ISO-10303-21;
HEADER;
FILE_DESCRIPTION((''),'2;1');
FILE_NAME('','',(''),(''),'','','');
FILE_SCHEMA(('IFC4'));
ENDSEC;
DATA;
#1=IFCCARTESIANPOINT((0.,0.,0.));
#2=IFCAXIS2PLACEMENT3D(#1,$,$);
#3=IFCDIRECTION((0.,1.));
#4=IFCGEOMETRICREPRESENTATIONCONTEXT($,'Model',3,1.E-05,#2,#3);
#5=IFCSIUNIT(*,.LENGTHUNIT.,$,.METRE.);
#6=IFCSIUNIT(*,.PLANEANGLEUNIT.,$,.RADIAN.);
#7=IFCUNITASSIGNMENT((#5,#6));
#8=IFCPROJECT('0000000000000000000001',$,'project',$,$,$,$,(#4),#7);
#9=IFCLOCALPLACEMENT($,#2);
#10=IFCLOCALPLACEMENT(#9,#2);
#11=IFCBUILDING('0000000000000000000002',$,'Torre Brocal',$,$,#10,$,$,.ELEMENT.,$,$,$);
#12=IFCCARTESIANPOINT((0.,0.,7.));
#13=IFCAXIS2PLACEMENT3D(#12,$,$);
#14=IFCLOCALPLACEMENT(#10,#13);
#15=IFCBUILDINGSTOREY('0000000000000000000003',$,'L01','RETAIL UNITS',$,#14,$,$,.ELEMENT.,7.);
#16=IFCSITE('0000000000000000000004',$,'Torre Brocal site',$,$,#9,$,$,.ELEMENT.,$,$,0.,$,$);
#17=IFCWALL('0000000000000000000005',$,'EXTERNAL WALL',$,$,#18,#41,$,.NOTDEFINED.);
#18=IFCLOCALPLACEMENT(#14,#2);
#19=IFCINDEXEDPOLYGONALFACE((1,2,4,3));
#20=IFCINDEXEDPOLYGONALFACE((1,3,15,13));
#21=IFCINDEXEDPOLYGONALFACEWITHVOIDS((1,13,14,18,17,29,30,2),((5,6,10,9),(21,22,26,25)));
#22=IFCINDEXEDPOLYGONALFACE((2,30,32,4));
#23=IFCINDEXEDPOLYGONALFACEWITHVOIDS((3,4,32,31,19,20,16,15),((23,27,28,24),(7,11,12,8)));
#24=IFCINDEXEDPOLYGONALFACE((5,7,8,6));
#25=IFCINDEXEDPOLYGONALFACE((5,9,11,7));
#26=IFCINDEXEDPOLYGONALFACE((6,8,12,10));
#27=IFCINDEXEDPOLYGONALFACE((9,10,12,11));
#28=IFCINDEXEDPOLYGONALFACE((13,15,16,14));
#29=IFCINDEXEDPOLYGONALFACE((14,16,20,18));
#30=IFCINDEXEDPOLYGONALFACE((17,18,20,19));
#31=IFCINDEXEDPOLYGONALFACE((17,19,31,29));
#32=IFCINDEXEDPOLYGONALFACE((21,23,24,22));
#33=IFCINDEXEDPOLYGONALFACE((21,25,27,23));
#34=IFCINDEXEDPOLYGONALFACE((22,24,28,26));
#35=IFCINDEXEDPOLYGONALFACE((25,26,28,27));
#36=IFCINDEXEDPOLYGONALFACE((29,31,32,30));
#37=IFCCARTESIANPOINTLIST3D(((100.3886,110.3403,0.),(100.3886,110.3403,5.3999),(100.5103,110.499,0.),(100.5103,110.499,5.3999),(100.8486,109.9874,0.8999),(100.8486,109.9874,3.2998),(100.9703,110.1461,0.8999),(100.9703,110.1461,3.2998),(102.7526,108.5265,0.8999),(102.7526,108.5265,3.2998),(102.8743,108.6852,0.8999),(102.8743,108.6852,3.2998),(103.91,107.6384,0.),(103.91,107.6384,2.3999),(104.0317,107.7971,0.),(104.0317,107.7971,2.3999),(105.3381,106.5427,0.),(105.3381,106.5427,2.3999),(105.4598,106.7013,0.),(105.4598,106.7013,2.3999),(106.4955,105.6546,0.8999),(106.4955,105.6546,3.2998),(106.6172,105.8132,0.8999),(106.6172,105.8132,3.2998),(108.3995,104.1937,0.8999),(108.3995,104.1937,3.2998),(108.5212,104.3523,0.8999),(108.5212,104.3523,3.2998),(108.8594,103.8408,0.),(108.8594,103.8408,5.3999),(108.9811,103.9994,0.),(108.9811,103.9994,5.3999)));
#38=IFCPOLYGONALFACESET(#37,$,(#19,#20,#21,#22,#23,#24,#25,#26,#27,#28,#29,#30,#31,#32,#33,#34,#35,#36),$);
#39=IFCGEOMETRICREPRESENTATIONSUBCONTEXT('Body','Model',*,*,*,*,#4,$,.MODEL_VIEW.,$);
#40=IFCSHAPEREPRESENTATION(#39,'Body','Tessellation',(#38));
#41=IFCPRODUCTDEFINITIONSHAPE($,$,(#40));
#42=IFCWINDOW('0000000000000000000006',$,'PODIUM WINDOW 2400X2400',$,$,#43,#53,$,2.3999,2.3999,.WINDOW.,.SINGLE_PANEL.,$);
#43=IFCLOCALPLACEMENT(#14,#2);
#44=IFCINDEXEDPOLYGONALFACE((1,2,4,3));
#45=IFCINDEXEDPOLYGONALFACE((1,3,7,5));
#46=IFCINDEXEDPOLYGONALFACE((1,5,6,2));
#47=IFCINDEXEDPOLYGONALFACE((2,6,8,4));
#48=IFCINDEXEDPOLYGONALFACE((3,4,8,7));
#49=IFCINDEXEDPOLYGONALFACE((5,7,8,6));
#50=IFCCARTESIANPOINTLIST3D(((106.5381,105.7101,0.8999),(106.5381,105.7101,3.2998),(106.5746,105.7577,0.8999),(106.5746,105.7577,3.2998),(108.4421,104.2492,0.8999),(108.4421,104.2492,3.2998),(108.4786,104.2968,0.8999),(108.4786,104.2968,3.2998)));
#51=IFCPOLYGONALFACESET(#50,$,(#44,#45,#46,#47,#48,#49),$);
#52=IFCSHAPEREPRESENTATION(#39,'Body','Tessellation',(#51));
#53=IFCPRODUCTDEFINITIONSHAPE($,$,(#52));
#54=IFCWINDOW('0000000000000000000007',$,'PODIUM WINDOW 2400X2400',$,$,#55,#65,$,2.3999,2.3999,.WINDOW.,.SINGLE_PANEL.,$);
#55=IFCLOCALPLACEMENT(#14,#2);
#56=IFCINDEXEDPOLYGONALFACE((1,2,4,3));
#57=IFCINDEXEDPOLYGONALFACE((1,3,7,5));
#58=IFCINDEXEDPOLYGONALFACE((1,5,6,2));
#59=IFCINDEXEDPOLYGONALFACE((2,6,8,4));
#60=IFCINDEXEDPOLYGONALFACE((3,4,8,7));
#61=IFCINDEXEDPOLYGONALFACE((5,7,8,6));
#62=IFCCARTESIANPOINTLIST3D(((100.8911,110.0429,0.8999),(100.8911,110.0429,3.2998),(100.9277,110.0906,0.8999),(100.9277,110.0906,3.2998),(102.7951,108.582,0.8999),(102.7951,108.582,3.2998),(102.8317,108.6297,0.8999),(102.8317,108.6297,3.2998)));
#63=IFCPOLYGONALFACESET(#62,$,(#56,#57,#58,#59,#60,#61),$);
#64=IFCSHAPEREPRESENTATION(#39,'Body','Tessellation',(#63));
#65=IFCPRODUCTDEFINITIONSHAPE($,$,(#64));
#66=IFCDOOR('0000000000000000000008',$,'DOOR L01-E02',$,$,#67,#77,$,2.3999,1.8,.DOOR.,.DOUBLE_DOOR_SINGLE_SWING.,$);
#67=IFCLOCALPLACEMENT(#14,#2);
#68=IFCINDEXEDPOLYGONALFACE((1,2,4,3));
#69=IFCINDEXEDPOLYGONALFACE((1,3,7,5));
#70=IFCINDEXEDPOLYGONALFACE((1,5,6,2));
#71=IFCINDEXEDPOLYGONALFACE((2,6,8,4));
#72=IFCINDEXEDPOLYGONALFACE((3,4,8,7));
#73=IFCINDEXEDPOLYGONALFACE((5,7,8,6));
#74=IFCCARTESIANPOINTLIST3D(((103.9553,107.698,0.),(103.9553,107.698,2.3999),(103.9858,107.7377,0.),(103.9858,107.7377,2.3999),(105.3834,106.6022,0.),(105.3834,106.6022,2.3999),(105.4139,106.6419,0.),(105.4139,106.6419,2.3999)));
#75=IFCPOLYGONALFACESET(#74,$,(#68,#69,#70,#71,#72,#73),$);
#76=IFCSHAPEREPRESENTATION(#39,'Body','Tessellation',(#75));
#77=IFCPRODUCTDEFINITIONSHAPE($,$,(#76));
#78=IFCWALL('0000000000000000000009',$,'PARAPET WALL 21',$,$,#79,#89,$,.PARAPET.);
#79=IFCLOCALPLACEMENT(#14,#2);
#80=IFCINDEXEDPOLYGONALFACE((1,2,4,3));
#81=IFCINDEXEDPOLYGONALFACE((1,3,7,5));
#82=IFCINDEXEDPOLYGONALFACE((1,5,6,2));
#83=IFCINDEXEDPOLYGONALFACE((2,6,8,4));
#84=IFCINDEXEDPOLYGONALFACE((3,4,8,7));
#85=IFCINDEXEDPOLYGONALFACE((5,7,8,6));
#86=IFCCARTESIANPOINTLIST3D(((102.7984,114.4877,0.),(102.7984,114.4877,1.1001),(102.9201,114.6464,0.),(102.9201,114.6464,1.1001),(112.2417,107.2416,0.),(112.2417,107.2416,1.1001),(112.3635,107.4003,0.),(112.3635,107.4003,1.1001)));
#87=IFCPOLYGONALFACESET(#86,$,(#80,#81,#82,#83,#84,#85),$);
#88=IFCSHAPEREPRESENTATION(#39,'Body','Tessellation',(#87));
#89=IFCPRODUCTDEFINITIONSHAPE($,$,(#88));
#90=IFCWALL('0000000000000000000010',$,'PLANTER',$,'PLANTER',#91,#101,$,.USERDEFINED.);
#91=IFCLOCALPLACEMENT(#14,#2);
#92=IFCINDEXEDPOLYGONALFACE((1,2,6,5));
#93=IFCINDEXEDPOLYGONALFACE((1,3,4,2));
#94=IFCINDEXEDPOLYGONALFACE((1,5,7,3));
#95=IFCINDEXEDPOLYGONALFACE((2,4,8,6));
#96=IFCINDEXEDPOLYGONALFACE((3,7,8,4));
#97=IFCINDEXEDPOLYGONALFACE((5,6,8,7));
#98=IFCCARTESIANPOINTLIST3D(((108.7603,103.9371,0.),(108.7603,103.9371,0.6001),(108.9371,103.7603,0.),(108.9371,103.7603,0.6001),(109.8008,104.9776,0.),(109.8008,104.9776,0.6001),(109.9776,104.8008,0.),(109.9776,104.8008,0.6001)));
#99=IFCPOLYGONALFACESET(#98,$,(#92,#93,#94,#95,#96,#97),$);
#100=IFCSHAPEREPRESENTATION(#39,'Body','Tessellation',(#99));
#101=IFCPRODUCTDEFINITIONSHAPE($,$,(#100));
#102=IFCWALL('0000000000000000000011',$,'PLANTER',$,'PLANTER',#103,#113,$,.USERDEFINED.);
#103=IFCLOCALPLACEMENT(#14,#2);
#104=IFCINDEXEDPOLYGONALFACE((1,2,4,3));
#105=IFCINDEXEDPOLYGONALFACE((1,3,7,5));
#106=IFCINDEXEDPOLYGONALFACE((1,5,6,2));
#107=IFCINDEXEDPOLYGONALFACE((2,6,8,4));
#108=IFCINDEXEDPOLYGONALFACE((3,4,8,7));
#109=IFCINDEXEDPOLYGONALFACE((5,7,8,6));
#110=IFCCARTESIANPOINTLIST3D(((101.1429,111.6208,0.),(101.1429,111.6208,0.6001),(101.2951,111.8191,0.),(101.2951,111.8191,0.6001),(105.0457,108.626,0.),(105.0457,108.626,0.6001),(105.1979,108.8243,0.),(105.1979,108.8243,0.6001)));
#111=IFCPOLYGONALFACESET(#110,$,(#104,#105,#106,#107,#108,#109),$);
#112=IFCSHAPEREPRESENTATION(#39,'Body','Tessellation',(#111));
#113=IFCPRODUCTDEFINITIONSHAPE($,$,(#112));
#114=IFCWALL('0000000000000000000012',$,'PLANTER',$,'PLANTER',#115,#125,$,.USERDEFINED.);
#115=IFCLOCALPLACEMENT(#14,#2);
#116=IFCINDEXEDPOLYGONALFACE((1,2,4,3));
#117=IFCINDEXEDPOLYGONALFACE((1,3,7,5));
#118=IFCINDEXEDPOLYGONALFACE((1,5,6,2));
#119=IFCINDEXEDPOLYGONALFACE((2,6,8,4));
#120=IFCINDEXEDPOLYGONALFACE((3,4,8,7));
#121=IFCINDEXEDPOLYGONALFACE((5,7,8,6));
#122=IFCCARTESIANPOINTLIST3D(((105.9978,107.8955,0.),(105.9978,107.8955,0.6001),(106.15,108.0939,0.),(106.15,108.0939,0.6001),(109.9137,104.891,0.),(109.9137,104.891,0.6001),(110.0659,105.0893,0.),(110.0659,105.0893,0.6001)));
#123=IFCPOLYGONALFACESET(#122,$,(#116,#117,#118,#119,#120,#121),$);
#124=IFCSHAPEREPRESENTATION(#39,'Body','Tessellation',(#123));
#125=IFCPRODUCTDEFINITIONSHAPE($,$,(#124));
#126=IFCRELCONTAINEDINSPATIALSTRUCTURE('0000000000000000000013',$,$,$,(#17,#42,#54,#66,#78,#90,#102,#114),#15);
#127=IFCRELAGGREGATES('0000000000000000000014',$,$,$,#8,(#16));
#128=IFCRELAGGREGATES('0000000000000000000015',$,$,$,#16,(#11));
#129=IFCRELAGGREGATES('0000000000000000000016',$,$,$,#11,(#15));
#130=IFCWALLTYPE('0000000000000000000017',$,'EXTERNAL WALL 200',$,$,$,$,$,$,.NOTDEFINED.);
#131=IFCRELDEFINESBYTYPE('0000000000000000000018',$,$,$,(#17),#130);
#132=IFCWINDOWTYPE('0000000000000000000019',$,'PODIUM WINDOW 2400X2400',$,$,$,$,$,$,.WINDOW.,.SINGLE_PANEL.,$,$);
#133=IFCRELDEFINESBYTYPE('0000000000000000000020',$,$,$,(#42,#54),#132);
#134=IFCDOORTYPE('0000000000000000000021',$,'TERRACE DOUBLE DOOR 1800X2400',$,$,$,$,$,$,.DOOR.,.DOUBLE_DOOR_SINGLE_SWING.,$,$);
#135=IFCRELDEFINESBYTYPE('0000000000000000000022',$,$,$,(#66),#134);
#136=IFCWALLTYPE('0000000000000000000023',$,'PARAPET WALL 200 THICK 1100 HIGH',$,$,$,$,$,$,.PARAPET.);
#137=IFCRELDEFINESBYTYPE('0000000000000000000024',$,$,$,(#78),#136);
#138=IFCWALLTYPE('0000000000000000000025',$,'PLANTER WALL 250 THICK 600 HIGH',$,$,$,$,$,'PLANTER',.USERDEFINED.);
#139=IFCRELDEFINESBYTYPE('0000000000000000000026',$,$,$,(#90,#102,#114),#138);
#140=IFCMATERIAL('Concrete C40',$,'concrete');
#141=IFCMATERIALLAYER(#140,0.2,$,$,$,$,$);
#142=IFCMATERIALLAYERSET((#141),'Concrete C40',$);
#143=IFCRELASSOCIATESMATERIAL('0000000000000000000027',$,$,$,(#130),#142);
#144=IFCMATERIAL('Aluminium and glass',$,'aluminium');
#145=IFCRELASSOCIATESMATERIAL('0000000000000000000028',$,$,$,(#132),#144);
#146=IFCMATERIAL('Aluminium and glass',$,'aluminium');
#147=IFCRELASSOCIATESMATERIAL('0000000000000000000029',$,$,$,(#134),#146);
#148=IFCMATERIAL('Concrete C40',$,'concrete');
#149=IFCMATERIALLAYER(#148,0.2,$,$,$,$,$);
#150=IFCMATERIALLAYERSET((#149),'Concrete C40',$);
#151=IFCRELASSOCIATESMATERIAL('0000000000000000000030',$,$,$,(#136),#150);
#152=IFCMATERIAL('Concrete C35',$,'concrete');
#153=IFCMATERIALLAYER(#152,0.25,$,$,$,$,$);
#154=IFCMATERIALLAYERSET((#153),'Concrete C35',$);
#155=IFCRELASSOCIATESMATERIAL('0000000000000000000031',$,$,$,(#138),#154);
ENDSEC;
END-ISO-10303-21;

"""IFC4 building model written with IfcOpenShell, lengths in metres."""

from ifc_helpers import new_model, si_unit, direction, frame, frame_2d, origin, place, context, subcontext, project, spatial, rectangle, extrude, material, layer, layer_set, type_object, element, fill, save


model = new_model("IFC4")

# Units and contexts
model_context = context("Model", 3, precision=1e-05, world=origin(), true_north=direction((0.0, 1.0)))
body_context = subcontext(model_context, "Body", "Model", "MODEL_VIEW")
ifc_project = project(units=[si_unit("LENGTHUNIT", "METRE"), si_unit("PLANEANGLEUNIT", "RADIAN")], contexts=[model_context])

# Site, building, storey
site_placement = place(None, origin())
site = spatial("IfcSite", under=ifc_project, at=site_placement, Name="Torre Brocal site", CompositionType="ELEMENT", RefElevation=0.0)
building_placement = place(site_placement, origin())
building = spatial("IfcBuilding", under=site, at=building_placement, Name="Torre Brocal", CompositionType="ELEMENT")
storey_placement = place(building_placement, frame((0.0, 0.0, 7.0)))
storey = spatial("IfcBuildingStorey", under=building, at=storey_placement, Name="L01", Description="RETAIL UNITS", CompositionType="ELEMENT", Elevation=7.0)

# Wall, openings, windows, door
ifc_material_1 = material(Name="Concrete C40", Category="concrete")
ifc_layer_1 = layer(ifc_material_1, 0.2)
ifc_layer_set_1 = layer_set([ifc_layer_1], Name="Concrete C40")
wall_type_1 = type_object("IfcWallType", Name="EXTERNAL WALL 200", PredefinedType="NOTDEFINED", material=ifc_layer_set_1)
wall_1_placement = place(storey_placement, frame((108.9202, 103.9202, 0.0), z_axis=(0.0, 0.0, 1.0), x_axis=(-0.793366, 0.608744, 0.0)))
wall_1 = element("IfcWall", 1, at=wall_1_placement, inside=storey, type_object=wall_type_1, Name="EXTERNAL WALL", PredefinedType="NOTDEFINED", context=body_context, shape_type="SweptSolid", body=[
    extrude(rectangle(XDim=10.677, YDim=0.2, at=frame_2d((5.3384, 0.0))), origin(), (0.0, 0.0, 1.0), 5.3999),
])
opening_1_placement = place(wall_1_placement, frame((0.5796, 0.0, 0.8999)))
opening_1 = element("IfcOpeningElement", 2, at=opening_1_placement, cuts=wall_1, PredefinedType="OPENING", context=body_context, shape_type="SweptSolid", body=[
    extrude(rectangle(XDim=2.3999, YDim=2.3999, at=frame_2d((1.2, 1.2))), frame((0.0, 0.1099, 0.0), z_axis=(0.0, -1.0, 0.0), x_axis=(1.0, 0.0, 0.0)), (0.0, 0.0, 1.0), 0.22),
])
opening_2_placement = place(wall_1_placement, frame((4.4385, 0.0, 0.0)))
opening_2 = element("IfcOpeningElement", 3, at=opening_2_placement, cuts=wall_1, PredefinedType="OPENING", context=body_context, shape_type="SweptSolid", body=[
    extrude(rectangle(XDim=1.8, YDim=2.3999, at=frame_2d((0.8999, 1.2))), frame((0.0, 0.1099, 0.0), z_axis=(0.0, -1.0, 0.0), x_axis=(1.0, 0.0, 0.0)), (0.0, 0.0, 1.0), 0.22),
])
opening_3_placement = place(wall_1_placement, frame((7.6973, 0.0, 0.8999)))
opening_3 = element("IfcOpeningElement", 4, at=opening_3_placement, cuts=wall_1, PredefinedType="OPENING", context=body_context, shape_type="SweptSolid", body=[
    extrude(rectangle(XDim=2.3999, YDim=2.3999, at=frame_2d((1.2, 1.2))), frame((0.0, 0.1099, 0.0), z_axis=(0.0, -1.0, 0.0), x_axis=(1.0, 0.0, 0.0)), (0.0, 0.0, 1.0), 0.22),
])
ifc_material_2 = material(Name="Aluminium and glass", Category="aluminium")
window_type = type_object("IfcWindowType", Name="PODIUM WINDOW 2400X2400", PartitioningType="SINGLE_PANEL", PredefinedType="WINDOW", material=ifc_material_2)
window_1_placement = place(opening_1_placement, origin())
window_1 = element("IfcWindow", 5, at=window_1_placement, inside=storey, type_object=window_type, Name="PODIUM WINDOW 2400X2400", OverallHeight=2.3999, OverallWidth=2.3999, PartitioningType="SINGLE_PANEL", PredefinedType="WINDOW", context=body_context, shape_type="SweptSolid", body=[
    extrude(rectangle(XDim=2.3999, YDim=2.3999, at=frame_2d((1.2, 1.2))), frame((0.0, 0.03, 0.0), z_axis=(0.0, -1.0, 0.0), x_axis=(1.0, 0.0, 0.0)), (0.0, 0.0, 1.0), 0.0601),
])
fill(opening_1, window_1)
window_2_placement = place(opening_3_placement, origin())
window_2 = element("IfcWindow", 6, at=window_2_placement, inside=storey, type_object=window_type, Name="PODIUM WINDOW 2400X2400", OverallHeight=2.3999, OverallWidth=2.3999, PartitioningType="SINGLE_PANEL", PredefinedType="WINDOW", context=body_context, shape_type="SweptSolid", body=[
    extrude(rectangle(XDim=2.3999, YDim=2.3999, at=frame_2d((1.2, 1.2))), frame((0.0, 0.03, 0.0), z_axis=(0.0, -1.0, 0.0), x_axis=(1.0, 0.0, 0.0)), (0.0, 0.0, 1.0), 0.0601),
])
fill(opening_3, window_2)
ifc_material_3 = material(Name="Aluminium and glass", Category="aluminium")
door_type = type_object("IfcDoorType", Name="TERRACE DOUBLE DOOR 1800X2400", OperationType="DOUBLE_DOOR_SINGLE_SWING", PredefinedType="DOOR", material=ifc_material_3)
door_placement = place(opening_2_placement, frame((1.8, 0.0, 0.0), z_axis=(0.0, 0.0, 1.0), x_axis=(-1.0, 0.0, 0.0)))
door = element("IfcDoor", 7, at=door_placement, inside=storey, type_object=door_type, Name="DOOR L01-E02", OperationType="DOUBLE_DOOR_SINGLE_SWING", OverallHeight=2.3999, OverallWidth=1.8, PredefinedType="DOOR", context=body_context, shape_type="SweptSolid", body=[
    extrude(rectangle(XDim=1.8, YDim=2.3999, at=frame_2d((0.8999, 1.2))), frame((0.0, 0.0249, 0.0), z_axis=(0.0, -1.0, 0.0), x_axis=(1.0, 0.0, 0.0)), (0.0, 0.0, 1.0), 0.05),
])
fill(opening_2, door)

# Walls
ifc_material_4 = material(Name="Concrete C40", Category="concrete")
ifc_layer_2 = layer(ifc_material_4, 0.2)
ifc_layer_set_2 = layer_set([ifc_layer_2], Name="Concrete C40")
wall_type_2 = type_object("IfcWallType", Name="PARAPET WALL 200 THICK 1100 HIGH", PredefinedType="PARAPET", material=ifc_layer_set_2)
wall_2_placement = place(storey_placement, frame((102.8591, 114.5671, 0.0), z_axis=(0.0, 0.0, 1.0), x_axis=(0.793355, -0.608759, 0.0)))
element("IfcWall", 8, at=wall_2_placement, inside=storey, type_object=wall_type_2, Name="PARAPET WALL 21", PredefinedType="PARAPET", context=body_context, shape_type="SweptSolid", body=[
    extrude(rectangle(XDim=11.9031, YDim=0.2, at=frame_2d((5.9517, 0.0))), origin(), (0.0, 0.0, 1.0), 1.1001),
])
ifc_material_5 = material(Name="Concrete C35", Category="concrete")
ifc_layer_3 = layer(ifc_material_5, 0.25)
ifc_layer_set_3 = layer_set([ifc_layer_3], Name="Concrete C35")
wall_type_3 = type_object("IfcWallType", Name="PLANTER WALL 250 THICK 600 HIGH", ElementType="PLANTER", PredefinedType="USERDEFINED", material=ifc_layer_set_3)
wall_3_placement = place(storey_placement, frame((108.8486, 103.8486, 0.0), z_axis=(0.0, 0.0, 1.0), x_axis=(0.707107, 0.707107, 0.0)))
element("IfcWall", 9, at=wall_3_placement, inside=storey, type_object=wall_type_3, Name="PLANTER", ObjectType="PLANTER", PredefinedType="USERDEFINED", context=body_context, shape_type="SweptSolid", body=[
    extrude(rectangle(XDim=1.4714, YDim=0.25, at=frame_2d((0.7358, 0.0))), origin(), (0.0, 0.0, 1.0), 0.6001),
])
wall_4_placement = place(storey_placement, frame((101.219, 111.72, 0.0), z_axis=(0.0, 0.0, 1.0), x_axis=(0.793341, -0.608777, 0.0)))
element("IfcWall", 10, at=wall_4_placement, inside=storey, type_object=wall_type_3, Name="PLANTER", ObjectType="PLANTER", PredefinedType="USERDEFINED", context=body_context, shape_type="SweptSolid", body=[
    extrude(rectangle(XDim=4.9194, YDim=0.25, at=frame_2d((2.4597, 0.0))), origin(), (0.0, 0.0, 1.0), 0.6001),
])
wall_5_placement = place(storey_placement, frame((106.074, 107.9946, 0.0), z_axis=(0.0, 0.0, 1.0), x_axis=(0.793375, -0.608733, 0.0)))
element("IfcWall", 11, at=wall_5_placement, inside=storey, type_object=wall_type_3, Name="PLANTER", ObjectType="PLANTER", PredefinedType="USERDEFINED", context=body_context, shape_type="SweptSolid", body=[
    extrude(rectangle(XDim=4.9358, YDim=0.25, at=frame_2d((2.4678, 0.0))), origin(), (0.0, 0.0, 1.0), 0.6001),
])

save(model, "model.ifc")
